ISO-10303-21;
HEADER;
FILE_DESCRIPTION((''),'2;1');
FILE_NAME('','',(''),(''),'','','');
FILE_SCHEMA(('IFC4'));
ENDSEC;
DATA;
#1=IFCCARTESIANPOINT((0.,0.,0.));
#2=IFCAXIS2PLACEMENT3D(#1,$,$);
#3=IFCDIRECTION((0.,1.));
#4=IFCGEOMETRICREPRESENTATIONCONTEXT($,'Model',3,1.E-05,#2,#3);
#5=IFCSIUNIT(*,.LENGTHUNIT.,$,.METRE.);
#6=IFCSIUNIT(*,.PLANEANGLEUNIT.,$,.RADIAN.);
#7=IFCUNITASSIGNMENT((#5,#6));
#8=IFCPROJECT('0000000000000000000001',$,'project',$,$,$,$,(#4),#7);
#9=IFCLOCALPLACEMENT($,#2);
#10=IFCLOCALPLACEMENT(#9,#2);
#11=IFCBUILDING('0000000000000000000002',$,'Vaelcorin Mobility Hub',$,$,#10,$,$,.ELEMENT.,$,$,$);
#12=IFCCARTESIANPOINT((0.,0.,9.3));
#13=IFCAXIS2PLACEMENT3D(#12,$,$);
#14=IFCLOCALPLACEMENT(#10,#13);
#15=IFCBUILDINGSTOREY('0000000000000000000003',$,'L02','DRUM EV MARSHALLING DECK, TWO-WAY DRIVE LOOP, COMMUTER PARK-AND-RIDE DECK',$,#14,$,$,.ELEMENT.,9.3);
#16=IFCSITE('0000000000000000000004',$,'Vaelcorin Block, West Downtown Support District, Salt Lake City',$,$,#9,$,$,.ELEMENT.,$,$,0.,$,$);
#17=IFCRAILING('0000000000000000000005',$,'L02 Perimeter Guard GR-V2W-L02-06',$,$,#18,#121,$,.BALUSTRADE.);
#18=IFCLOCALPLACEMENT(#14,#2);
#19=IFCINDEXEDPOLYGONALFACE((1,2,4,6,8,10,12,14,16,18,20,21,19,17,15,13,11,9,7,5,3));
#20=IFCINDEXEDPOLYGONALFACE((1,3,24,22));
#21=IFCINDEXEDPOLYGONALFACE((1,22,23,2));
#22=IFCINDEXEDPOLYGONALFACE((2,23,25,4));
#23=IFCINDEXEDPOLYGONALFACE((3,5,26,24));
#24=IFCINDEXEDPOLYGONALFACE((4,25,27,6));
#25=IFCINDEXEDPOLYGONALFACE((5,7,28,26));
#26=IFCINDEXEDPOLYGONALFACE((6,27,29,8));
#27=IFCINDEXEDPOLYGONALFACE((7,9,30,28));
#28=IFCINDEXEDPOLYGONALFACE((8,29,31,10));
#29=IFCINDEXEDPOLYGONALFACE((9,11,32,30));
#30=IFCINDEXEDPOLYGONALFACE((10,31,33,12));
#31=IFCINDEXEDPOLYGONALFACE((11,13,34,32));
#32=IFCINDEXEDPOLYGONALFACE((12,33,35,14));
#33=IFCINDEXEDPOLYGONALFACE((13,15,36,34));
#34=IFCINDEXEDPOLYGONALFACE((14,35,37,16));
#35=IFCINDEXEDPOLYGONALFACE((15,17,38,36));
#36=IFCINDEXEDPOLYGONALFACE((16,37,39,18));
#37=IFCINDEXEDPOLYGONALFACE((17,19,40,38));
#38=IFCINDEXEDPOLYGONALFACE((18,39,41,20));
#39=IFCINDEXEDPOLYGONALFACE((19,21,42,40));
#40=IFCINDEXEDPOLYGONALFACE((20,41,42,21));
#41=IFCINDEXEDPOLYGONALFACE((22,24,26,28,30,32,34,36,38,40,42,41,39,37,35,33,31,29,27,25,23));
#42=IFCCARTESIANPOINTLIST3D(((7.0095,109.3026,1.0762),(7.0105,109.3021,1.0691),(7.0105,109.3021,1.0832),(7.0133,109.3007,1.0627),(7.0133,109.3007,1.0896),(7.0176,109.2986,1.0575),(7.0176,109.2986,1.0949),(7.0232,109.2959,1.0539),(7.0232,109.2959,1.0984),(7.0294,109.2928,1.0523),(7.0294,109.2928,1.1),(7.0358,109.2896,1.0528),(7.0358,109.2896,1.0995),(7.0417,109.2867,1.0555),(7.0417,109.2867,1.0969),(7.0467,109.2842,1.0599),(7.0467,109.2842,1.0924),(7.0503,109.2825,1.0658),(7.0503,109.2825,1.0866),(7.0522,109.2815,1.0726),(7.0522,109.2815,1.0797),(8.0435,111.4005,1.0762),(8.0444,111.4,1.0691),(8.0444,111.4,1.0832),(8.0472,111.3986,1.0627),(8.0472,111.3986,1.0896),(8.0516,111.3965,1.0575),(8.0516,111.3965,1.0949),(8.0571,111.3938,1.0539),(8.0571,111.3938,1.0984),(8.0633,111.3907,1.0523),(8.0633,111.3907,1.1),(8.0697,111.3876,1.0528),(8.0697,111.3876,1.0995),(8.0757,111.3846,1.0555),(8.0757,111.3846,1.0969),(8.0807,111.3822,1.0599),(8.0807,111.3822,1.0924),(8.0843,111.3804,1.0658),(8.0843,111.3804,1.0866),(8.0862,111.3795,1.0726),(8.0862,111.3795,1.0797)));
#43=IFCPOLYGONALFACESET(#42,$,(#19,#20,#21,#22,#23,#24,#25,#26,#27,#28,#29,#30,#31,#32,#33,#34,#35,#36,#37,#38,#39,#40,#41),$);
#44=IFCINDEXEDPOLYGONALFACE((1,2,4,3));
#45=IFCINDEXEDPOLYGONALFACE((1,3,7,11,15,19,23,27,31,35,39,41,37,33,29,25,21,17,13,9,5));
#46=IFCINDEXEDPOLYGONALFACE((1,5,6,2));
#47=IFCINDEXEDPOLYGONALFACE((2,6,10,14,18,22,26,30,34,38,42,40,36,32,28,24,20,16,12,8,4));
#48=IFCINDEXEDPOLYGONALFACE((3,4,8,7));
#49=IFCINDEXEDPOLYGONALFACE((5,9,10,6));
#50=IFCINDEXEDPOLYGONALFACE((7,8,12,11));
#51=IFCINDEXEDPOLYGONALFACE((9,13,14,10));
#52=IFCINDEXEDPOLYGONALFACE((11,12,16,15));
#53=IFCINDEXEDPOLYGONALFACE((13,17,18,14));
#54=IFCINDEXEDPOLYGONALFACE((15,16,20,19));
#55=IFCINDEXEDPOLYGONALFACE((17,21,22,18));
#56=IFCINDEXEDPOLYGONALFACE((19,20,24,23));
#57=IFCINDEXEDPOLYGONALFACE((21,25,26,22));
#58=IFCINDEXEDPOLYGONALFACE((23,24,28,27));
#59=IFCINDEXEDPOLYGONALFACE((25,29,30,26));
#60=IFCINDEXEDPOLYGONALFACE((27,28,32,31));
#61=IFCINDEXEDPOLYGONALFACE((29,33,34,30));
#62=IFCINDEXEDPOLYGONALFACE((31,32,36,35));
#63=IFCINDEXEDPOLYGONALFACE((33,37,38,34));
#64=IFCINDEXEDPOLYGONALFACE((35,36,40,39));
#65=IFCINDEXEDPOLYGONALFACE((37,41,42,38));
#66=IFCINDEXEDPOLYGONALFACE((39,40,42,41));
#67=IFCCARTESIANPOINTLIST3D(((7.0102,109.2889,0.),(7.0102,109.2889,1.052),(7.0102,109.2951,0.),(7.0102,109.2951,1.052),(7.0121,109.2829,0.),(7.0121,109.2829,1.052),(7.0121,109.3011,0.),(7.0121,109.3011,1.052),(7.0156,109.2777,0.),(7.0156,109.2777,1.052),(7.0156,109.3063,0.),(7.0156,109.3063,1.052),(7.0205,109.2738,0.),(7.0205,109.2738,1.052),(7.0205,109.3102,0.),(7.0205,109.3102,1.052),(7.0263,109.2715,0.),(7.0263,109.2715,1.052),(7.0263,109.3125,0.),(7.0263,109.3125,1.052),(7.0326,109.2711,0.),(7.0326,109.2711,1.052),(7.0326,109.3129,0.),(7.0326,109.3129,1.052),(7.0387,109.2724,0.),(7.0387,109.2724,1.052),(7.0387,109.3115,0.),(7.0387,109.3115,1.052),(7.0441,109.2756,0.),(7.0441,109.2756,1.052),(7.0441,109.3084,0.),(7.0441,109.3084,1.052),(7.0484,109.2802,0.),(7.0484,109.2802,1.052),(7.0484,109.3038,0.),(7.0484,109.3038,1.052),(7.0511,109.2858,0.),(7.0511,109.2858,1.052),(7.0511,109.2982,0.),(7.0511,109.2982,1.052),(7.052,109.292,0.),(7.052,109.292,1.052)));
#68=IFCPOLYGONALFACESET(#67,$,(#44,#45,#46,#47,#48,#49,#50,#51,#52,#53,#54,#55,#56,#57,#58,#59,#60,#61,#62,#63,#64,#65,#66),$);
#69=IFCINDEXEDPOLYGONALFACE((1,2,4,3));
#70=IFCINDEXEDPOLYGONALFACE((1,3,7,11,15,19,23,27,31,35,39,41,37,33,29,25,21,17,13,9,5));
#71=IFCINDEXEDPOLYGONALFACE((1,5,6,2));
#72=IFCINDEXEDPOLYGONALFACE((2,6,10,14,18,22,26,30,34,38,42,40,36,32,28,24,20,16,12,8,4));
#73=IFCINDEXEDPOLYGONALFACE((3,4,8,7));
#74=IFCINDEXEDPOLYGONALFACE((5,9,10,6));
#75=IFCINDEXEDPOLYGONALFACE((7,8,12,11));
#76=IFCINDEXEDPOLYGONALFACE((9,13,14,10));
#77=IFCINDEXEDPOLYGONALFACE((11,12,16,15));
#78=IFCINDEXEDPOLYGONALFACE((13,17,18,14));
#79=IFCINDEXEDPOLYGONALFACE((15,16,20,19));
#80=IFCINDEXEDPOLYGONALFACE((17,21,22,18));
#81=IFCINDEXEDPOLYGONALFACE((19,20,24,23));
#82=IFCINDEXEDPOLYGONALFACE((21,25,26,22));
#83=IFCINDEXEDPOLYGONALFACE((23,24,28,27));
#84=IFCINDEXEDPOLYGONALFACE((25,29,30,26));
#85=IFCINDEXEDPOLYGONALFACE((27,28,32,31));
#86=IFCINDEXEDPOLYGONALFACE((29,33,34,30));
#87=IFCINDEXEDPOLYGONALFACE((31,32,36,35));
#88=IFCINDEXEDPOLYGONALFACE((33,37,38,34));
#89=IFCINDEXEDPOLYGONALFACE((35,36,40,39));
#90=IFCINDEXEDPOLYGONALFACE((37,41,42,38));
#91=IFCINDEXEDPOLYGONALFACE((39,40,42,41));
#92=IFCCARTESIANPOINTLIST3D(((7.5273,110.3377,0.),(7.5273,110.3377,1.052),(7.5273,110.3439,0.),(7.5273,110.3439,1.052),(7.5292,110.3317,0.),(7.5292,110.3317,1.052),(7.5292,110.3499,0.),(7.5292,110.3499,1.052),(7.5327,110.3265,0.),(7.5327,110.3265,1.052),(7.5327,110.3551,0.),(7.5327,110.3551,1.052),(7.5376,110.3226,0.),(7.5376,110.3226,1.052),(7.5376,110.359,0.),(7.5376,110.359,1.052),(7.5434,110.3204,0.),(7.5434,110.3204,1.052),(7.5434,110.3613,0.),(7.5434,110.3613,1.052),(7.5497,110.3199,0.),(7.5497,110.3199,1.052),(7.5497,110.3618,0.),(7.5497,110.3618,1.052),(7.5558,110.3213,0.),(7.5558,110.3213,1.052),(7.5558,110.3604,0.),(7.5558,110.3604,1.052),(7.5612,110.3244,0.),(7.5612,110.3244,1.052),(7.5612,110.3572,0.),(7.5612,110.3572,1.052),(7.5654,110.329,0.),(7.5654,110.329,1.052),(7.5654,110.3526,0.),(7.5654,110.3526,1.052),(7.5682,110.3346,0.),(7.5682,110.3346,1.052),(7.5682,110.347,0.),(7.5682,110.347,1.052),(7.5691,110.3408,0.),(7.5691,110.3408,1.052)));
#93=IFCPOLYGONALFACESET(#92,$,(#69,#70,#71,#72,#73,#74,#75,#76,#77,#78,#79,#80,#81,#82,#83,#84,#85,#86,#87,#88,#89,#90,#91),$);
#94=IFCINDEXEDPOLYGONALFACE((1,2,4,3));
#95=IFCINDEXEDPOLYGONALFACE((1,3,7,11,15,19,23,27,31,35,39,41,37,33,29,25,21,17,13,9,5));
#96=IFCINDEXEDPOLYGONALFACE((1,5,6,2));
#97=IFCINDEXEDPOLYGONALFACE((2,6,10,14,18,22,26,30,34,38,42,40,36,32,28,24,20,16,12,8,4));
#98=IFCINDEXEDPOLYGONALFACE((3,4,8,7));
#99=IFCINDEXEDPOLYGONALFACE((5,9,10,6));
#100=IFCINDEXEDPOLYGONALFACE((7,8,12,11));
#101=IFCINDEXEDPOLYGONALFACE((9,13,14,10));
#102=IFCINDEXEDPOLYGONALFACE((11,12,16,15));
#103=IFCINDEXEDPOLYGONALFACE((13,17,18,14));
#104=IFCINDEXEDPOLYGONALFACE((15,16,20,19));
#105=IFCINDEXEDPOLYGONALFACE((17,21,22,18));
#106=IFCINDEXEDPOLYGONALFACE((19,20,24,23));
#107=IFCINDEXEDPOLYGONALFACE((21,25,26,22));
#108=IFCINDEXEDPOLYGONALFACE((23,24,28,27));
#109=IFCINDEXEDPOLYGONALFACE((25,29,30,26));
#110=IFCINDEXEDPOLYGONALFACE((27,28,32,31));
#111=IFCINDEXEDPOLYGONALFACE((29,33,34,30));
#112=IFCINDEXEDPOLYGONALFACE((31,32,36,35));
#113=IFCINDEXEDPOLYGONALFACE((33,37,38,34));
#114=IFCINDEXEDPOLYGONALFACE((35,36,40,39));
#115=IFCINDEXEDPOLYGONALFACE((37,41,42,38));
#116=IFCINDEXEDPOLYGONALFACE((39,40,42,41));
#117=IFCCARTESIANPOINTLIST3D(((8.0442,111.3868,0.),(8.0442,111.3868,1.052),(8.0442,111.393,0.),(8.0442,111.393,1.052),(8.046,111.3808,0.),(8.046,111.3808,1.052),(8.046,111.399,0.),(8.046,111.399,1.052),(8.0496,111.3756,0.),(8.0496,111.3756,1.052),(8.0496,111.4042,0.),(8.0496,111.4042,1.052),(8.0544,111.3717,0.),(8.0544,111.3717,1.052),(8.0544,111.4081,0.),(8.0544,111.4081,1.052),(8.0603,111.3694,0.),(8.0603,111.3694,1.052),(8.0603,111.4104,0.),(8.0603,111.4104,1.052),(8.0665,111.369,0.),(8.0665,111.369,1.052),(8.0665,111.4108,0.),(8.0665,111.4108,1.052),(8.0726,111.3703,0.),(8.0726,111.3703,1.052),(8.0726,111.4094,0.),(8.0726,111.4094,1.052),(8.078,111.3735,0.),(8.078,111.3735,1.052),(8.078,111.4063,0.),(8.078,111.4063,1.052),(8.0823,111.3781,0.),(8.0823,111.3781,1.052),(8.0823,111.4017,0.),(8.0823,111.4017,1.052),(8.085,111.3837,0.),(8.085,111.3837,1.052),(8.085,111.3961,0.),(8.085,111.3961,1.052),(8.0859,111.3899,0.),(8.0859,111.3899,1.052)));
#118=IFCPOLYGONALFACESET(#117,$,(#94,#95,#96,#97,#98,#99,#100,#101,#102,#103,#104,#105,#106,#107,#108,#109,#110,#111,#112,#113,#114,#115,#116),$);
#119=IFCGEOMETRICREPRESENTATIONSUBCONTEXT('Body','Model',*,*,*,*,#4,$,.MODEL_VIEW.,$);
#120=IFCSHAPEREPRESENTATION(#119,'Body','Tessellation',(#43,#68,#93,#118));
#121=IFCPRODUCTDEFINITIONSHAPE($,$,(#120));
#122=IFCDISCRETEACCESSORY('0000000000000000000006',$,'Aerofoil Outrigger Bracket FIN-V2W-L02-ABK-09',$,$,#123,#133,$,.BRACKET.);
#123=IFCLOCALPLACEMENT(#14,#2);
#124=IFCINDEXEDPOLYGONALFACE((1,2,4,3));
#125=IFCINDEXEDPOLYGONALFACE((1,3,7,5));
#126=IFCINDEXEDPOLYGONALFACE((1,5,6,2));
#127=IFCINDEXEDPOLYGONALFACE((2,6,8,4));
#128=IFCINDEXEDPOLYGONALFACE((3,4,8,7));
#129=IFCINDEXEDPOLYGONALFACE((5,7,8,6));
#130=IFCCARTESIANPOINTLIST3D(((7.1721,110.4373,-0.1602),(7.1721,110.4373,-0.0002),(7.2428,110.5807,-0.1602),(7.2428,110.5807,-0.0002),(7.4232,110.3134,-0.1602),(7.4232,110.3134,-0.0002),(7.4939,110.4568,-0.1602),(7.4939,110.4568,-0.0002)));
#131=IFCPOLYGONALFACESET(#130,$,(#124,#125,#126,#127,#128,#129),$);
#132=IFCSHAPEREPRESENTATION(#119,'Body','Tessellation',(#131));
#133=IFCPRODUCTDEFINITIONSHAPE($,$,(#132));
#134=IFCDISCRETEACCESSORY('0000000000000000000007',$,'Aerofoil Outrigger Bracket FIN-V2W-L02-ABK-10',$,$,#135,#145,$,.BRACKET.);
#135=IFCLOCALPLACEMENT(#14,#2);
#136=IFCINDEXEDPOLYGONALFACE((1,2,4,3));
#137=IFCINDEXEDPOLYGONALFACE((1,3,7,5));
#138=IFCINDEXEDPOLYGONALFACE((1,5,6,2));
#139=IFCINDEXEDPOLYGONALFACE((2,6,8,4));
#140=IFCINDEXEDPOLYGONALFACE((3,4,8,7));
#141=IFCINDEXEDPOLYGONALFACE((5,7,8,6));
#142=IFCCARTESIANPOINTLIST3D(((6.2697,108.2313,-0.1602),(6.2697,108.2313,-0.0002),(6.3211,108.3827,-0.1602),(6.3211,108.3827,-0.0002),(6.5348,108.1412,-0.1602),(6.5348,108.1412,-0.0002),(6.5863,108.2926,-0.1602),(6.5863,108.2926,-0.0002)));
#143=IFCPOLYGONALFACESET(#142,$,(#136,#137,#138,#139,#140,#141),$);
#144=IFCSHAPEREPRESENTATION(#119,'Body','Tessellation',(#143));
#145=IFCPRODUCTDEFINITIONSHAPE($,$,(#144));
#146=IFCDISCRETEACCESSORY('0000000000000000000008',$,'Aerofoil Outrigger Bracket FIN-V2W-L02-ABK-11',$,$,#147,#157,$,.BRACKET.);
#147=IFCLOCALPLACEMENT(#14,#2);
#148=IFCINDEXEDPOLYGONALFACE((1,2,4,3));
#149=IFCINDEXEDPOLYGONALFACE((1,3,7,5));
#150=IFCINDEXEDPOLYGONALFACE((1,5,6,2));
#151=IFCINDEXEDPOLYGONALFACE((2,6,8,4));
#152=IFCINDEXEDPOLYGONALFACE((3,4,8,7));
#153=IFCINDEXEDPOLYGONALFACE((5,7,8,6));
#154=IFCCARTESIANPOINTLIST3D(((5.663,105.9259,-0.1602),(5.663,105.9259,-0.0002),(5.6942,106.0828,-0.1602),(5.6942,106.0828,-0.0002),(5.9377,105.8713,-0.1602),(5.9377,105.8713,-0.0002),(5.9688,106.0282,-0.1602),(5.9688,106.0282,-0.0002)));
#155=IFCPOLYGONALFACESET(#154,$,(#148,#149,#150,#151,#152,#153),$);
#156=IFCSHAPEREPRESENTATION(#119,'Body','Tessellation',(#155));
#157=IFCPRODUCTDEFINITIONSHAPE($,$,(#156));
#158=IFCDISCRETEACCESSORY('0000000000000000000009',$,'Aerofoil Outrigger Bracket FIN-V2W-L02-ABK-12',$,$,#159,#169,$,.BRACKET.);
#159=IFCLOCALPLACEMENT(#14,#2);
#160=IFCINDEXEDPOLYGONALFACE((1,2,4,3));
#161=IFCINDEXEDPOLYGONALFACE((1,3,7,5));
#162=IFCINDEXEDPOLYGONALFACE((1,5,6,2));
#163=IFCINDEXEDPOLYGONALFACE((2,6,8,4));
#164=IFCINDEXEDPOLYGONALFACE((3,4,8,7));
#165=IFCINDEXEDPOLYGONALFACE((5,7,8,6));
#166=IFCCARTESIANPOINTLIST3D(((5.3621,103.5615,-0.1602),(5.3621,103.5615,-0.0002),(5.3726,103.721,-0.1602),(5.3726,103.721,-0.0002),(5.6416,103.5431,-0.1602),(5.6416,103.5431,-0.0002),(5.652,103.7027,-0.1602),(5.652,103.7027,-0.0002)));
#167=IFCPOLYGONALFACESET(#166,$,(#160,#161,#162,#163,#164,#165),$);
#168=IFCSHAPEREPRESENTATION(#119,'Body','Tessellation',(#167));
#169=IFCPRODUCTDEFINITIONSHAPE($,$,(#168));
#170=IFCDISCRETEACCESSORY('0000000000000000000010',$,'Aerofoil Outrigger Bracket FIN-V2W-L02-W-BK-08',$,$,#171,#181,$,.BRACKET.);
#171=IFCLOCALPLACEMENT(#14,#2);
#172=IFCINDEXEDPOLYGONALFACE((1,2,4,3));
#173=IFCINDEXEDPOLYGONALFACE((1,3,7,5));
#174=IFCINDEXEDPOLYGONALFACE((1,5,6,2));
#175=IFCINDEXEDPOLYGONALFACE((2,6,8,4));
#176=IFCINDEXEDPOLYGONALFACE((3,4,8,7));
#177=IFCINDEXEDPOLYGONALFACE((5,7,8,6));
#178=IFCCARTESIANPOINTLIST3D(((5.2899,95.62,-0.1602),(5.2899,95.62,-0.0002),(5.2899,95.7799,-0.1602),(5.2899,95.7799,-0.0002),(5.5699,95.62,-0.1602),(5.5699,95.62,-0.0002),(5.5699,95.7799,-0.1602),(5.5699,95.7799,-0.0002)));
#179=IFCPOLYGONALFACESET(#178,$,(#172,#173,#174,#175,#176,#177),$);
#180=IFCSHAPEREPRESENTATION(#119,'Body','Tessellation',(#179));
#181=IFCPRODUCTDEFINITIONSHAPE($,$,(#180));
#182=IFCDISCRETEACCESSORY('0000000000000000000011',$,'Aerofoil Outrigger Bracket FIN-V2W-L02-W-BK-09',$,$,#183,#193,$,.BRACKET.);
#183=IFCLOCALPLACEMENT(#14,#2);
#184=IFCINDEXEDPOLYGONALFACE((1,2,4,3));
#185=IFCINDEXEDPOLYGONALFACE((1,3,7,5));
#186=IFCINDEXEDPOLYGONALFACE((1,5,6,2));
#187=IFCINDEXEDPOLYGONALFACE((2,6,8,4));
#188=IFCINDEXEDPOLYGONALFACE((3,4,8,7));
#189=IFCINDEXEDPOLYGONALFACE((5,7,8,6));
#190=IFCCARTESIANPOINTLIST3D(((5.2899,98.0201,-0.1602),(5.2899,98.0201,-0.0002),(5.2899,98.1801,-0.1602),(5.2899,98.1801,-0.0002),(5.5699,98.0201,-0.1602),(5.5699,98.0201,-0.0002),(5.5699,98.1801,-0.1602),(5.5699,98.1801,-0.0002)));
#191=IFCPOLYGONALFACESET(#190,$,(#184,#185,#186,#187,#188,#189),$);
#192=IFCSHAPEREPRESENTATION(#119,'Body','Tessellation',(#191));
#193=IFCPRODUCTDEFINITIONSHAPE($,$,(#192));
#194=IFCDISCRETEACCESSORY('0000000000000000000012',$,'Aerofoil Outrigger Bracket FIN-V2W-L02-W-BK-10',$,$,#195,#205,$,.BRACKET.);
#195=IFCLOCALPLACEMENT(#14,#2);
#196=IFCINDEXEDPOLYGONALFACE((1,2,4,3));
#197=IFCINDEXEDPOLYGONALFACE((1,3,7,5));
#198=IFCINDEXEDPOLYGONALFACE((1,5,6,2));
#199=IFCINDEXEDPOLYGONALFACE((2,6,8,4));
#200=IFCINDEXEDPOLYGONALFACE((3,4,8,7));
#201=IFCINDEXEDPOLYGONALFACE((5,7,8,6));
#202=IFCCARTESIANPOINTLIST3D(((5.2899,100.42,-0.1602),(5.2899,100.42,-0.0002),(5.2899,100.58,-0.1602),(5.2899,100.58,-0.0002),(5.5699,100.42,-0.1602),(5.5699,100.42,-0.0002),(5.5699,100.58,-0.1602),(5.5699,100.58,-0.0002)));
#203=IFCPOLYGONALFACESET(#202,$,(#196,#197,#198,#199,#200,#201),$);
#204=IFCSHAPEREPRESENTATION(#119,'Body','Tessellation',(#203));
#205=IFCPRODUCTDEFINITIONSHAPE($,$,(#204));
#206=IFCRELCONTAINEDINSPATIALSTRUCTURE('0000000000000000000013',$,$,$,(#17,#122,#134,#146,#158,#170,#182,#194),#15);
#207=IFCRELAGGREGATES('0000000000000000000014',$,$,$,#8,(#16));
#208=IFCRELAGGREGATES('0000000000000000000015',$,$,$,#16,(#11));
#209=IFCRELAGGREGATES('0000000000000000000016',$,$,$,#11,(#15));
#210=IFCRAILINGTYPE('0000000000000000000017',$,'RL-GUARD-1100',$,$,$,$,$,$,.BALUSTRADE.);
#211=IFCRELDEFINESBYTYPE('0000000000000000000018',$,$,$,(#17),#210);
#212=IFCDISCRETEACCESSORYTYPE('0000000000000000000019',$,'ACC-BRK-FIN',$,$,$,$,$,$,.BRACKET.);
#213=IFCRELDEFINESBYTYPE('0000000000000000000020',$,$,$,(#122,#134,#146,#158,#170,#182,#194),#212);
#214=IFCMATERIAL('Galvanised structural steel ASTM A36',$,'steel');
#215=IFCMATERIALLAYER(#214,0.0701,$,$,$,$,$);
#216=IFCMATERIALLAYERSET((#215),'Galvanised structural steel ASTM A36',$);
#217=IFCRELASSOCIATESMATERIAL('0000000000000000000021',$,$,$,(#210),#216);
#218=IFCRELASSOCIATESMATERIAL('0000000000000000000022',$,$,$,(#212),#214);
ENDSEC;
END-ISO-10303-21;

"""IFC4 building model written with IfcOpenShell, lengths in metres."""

from ifc_helpers import new_model, si_unit, direction, frame, origin, origin_2d, place, context, subcontext, project, spatial, rectangle, circle, extrude, material, layer, layer_set, type_object, element, save


model = new_model("IFC4")

# Units and contexts
model_context = context("Model", 3, precision=1e-05, world=origin(), true_north=direction((0.0, 1.0)))
body_context = subcontext(model_context, "Body", "Model", "MODEL_VIEW")
ifc_project = project(units=[si_unit("LENGTHUNIT", "METRE"), si_unit("PLANEANGLEUNIT", "RADIAN")], contexts=[model_context])

# Site, building, storey
site_placement = place(None, origin())
site = spatial("IfcSite", under=ifc_project, at=site_placement, Name="Vaelcorin Block, West Downtown Support District, Salt Lake City", CompositionType="ELEMENT", RefElevation=0.0)
building_placement = place(site_placement, origin())
building = spatial("IfcBuilding", under=site, at=building_placement, Name="Vaelcorin Mobility Hub", CompositionType="ELEMENT")
storey_placement = place(building_placement, frame((0.0, 0.0, 9.3)))
storey = spatial("IfcBuildingStorey", under=building, at=storey_placement, Name="L02", Description="DRUM EV MARSHALLING DECK, TWO-WAY DRIVE LOOP, COMMUTER PARK-AND-RIDE DECK", CompositionType="ELEMENT", Elevation=9.3)

# Railing
ifc_material_1 = material(Name="Galvanised structural steel ASTM A36", Category="steel")
ifc_layer_1 = layer(ifc_material_1, 0.0701)
ifc_layer_set_1 = layer_set([ifc_layer_1], Name="Galvanised structural steel ASTM A36")
railing_type = type_object("IfcRailingType", Name="RL-GUARD-1100", PredefinedType="BALUSTRADE", material=ifc_layer_set_1)
railing_1_placement = place(storey_placement, frame((7.031, 109.292, 0.0)))
element("IfcRailing", 1, at=railing_1_placement, inside=storey, type_object=railing_type, Name="L02 Perimeter Guard GR-V2W-L02-06", PredefinedType="BALUSTRADE", context=body_context, shape_type="SweptSolid", body=[
    extrude(circle(Radius=0.0239, at=origin_2d()), frame((0.0, 0.0, 1.0762), z_axis=(0.44207, 0.89698, 0.0), x_axis=(-0.89698, 0.44207, 0.0)), (0.0, 0.0, 1.0), 2.3389),
    extrude(circle(Radius=0.021, at=origin_2d()), origin(), (0.0, 0.0, 1.0), 1.052),
    extrude(circle(Radius=0.021, at=origin_2d()), frame((0.5171, 1.0488, 0.0)), (0.0, 0.0, 1.0), 1.052),
    extrude(circle(Radius=0.021, at=origin_2d()), frame((1.0339, 2.0979, 0.0)), (0.0, 0.0, 1.0), 1.052),
])

# Discrete accessories
discrete_accessory_type = type_object("IfcDiscreteAccessoryType", Name="ACC-BRK-FIN", PredefinedType="BRACKET", material=ifc_material_1)
for number, where, z_axis, x_axis, name in (
    (2, (7.333, 110.447, -0.1602), (0.0, 0.0, 1.0), (-0.896796, 0.442445, 0.0), "Aerofoil Outrigger Bracket FIN-V2W-L02-ABK-09"),
    (3, (6.428, 108.262, -0.1602), (0.0, 0.0, 1.0), (-0.946885, 0.321572, 0.0), "Aerofoil Outrigger Bracket FIN-V2W-L02-ABK-10"),
    (4, (5.8159, 105.9771, -0.1602), (0.0, 0.0, 1.0), (-0.980826, 0.194885, 0.0), "Aerofoil Outrigger Bracket FIN-V2W-L02-ABK-11"),
    (5, (5.5071, 103.6321, -0.1602), (0.0, 0.0, 1.0), (-0.997858, 0.065421, 0.0), "Aerofoil Outrigger Bracket FIN-V2W-L02-ABK-12"),
    (6, (5.4299, 95.7, -0.1602), (0.0, 0.0, 1.0), (-1.0, 0.0, 0.0), "Aerofoil Outrigger Bracket FIN-V2W-L02-W-BK-08"),
    (7, (5.4299, 98.1001, -0.1602), (0.0, 0.0, 1.0), (-1.0, 0.0, 0.0), "Aerofoil Outrigger Bracket FIN-V2W-L02-W-BK-09"),
    (8, (5.4299, 100.5, -0.1602), (0.0, 0.0, 1.0), (-1.0, 0.0, 0.0), "Aerofoil Outrigger Bracket FIN-V2W-L02-W-BK-10"),
):
    element("IfcDiscreteAccessory", number, at=place(storey_placement, frame(where, z_axis=z_axis, x_axis=x_axis)), inside=storey, type_object=discrete_accessory_type, Name=name, PredefinedType="BRACKET", context=body_context, shape_type="SweptSolid", body=[
        extrude(rectangle(XDim=0.28, YDim=0.1599, at=origin_2d()), origin(), (0.0, 0.0, 1.0), 0.1599),
    ])

save(model, "model.ifc")
